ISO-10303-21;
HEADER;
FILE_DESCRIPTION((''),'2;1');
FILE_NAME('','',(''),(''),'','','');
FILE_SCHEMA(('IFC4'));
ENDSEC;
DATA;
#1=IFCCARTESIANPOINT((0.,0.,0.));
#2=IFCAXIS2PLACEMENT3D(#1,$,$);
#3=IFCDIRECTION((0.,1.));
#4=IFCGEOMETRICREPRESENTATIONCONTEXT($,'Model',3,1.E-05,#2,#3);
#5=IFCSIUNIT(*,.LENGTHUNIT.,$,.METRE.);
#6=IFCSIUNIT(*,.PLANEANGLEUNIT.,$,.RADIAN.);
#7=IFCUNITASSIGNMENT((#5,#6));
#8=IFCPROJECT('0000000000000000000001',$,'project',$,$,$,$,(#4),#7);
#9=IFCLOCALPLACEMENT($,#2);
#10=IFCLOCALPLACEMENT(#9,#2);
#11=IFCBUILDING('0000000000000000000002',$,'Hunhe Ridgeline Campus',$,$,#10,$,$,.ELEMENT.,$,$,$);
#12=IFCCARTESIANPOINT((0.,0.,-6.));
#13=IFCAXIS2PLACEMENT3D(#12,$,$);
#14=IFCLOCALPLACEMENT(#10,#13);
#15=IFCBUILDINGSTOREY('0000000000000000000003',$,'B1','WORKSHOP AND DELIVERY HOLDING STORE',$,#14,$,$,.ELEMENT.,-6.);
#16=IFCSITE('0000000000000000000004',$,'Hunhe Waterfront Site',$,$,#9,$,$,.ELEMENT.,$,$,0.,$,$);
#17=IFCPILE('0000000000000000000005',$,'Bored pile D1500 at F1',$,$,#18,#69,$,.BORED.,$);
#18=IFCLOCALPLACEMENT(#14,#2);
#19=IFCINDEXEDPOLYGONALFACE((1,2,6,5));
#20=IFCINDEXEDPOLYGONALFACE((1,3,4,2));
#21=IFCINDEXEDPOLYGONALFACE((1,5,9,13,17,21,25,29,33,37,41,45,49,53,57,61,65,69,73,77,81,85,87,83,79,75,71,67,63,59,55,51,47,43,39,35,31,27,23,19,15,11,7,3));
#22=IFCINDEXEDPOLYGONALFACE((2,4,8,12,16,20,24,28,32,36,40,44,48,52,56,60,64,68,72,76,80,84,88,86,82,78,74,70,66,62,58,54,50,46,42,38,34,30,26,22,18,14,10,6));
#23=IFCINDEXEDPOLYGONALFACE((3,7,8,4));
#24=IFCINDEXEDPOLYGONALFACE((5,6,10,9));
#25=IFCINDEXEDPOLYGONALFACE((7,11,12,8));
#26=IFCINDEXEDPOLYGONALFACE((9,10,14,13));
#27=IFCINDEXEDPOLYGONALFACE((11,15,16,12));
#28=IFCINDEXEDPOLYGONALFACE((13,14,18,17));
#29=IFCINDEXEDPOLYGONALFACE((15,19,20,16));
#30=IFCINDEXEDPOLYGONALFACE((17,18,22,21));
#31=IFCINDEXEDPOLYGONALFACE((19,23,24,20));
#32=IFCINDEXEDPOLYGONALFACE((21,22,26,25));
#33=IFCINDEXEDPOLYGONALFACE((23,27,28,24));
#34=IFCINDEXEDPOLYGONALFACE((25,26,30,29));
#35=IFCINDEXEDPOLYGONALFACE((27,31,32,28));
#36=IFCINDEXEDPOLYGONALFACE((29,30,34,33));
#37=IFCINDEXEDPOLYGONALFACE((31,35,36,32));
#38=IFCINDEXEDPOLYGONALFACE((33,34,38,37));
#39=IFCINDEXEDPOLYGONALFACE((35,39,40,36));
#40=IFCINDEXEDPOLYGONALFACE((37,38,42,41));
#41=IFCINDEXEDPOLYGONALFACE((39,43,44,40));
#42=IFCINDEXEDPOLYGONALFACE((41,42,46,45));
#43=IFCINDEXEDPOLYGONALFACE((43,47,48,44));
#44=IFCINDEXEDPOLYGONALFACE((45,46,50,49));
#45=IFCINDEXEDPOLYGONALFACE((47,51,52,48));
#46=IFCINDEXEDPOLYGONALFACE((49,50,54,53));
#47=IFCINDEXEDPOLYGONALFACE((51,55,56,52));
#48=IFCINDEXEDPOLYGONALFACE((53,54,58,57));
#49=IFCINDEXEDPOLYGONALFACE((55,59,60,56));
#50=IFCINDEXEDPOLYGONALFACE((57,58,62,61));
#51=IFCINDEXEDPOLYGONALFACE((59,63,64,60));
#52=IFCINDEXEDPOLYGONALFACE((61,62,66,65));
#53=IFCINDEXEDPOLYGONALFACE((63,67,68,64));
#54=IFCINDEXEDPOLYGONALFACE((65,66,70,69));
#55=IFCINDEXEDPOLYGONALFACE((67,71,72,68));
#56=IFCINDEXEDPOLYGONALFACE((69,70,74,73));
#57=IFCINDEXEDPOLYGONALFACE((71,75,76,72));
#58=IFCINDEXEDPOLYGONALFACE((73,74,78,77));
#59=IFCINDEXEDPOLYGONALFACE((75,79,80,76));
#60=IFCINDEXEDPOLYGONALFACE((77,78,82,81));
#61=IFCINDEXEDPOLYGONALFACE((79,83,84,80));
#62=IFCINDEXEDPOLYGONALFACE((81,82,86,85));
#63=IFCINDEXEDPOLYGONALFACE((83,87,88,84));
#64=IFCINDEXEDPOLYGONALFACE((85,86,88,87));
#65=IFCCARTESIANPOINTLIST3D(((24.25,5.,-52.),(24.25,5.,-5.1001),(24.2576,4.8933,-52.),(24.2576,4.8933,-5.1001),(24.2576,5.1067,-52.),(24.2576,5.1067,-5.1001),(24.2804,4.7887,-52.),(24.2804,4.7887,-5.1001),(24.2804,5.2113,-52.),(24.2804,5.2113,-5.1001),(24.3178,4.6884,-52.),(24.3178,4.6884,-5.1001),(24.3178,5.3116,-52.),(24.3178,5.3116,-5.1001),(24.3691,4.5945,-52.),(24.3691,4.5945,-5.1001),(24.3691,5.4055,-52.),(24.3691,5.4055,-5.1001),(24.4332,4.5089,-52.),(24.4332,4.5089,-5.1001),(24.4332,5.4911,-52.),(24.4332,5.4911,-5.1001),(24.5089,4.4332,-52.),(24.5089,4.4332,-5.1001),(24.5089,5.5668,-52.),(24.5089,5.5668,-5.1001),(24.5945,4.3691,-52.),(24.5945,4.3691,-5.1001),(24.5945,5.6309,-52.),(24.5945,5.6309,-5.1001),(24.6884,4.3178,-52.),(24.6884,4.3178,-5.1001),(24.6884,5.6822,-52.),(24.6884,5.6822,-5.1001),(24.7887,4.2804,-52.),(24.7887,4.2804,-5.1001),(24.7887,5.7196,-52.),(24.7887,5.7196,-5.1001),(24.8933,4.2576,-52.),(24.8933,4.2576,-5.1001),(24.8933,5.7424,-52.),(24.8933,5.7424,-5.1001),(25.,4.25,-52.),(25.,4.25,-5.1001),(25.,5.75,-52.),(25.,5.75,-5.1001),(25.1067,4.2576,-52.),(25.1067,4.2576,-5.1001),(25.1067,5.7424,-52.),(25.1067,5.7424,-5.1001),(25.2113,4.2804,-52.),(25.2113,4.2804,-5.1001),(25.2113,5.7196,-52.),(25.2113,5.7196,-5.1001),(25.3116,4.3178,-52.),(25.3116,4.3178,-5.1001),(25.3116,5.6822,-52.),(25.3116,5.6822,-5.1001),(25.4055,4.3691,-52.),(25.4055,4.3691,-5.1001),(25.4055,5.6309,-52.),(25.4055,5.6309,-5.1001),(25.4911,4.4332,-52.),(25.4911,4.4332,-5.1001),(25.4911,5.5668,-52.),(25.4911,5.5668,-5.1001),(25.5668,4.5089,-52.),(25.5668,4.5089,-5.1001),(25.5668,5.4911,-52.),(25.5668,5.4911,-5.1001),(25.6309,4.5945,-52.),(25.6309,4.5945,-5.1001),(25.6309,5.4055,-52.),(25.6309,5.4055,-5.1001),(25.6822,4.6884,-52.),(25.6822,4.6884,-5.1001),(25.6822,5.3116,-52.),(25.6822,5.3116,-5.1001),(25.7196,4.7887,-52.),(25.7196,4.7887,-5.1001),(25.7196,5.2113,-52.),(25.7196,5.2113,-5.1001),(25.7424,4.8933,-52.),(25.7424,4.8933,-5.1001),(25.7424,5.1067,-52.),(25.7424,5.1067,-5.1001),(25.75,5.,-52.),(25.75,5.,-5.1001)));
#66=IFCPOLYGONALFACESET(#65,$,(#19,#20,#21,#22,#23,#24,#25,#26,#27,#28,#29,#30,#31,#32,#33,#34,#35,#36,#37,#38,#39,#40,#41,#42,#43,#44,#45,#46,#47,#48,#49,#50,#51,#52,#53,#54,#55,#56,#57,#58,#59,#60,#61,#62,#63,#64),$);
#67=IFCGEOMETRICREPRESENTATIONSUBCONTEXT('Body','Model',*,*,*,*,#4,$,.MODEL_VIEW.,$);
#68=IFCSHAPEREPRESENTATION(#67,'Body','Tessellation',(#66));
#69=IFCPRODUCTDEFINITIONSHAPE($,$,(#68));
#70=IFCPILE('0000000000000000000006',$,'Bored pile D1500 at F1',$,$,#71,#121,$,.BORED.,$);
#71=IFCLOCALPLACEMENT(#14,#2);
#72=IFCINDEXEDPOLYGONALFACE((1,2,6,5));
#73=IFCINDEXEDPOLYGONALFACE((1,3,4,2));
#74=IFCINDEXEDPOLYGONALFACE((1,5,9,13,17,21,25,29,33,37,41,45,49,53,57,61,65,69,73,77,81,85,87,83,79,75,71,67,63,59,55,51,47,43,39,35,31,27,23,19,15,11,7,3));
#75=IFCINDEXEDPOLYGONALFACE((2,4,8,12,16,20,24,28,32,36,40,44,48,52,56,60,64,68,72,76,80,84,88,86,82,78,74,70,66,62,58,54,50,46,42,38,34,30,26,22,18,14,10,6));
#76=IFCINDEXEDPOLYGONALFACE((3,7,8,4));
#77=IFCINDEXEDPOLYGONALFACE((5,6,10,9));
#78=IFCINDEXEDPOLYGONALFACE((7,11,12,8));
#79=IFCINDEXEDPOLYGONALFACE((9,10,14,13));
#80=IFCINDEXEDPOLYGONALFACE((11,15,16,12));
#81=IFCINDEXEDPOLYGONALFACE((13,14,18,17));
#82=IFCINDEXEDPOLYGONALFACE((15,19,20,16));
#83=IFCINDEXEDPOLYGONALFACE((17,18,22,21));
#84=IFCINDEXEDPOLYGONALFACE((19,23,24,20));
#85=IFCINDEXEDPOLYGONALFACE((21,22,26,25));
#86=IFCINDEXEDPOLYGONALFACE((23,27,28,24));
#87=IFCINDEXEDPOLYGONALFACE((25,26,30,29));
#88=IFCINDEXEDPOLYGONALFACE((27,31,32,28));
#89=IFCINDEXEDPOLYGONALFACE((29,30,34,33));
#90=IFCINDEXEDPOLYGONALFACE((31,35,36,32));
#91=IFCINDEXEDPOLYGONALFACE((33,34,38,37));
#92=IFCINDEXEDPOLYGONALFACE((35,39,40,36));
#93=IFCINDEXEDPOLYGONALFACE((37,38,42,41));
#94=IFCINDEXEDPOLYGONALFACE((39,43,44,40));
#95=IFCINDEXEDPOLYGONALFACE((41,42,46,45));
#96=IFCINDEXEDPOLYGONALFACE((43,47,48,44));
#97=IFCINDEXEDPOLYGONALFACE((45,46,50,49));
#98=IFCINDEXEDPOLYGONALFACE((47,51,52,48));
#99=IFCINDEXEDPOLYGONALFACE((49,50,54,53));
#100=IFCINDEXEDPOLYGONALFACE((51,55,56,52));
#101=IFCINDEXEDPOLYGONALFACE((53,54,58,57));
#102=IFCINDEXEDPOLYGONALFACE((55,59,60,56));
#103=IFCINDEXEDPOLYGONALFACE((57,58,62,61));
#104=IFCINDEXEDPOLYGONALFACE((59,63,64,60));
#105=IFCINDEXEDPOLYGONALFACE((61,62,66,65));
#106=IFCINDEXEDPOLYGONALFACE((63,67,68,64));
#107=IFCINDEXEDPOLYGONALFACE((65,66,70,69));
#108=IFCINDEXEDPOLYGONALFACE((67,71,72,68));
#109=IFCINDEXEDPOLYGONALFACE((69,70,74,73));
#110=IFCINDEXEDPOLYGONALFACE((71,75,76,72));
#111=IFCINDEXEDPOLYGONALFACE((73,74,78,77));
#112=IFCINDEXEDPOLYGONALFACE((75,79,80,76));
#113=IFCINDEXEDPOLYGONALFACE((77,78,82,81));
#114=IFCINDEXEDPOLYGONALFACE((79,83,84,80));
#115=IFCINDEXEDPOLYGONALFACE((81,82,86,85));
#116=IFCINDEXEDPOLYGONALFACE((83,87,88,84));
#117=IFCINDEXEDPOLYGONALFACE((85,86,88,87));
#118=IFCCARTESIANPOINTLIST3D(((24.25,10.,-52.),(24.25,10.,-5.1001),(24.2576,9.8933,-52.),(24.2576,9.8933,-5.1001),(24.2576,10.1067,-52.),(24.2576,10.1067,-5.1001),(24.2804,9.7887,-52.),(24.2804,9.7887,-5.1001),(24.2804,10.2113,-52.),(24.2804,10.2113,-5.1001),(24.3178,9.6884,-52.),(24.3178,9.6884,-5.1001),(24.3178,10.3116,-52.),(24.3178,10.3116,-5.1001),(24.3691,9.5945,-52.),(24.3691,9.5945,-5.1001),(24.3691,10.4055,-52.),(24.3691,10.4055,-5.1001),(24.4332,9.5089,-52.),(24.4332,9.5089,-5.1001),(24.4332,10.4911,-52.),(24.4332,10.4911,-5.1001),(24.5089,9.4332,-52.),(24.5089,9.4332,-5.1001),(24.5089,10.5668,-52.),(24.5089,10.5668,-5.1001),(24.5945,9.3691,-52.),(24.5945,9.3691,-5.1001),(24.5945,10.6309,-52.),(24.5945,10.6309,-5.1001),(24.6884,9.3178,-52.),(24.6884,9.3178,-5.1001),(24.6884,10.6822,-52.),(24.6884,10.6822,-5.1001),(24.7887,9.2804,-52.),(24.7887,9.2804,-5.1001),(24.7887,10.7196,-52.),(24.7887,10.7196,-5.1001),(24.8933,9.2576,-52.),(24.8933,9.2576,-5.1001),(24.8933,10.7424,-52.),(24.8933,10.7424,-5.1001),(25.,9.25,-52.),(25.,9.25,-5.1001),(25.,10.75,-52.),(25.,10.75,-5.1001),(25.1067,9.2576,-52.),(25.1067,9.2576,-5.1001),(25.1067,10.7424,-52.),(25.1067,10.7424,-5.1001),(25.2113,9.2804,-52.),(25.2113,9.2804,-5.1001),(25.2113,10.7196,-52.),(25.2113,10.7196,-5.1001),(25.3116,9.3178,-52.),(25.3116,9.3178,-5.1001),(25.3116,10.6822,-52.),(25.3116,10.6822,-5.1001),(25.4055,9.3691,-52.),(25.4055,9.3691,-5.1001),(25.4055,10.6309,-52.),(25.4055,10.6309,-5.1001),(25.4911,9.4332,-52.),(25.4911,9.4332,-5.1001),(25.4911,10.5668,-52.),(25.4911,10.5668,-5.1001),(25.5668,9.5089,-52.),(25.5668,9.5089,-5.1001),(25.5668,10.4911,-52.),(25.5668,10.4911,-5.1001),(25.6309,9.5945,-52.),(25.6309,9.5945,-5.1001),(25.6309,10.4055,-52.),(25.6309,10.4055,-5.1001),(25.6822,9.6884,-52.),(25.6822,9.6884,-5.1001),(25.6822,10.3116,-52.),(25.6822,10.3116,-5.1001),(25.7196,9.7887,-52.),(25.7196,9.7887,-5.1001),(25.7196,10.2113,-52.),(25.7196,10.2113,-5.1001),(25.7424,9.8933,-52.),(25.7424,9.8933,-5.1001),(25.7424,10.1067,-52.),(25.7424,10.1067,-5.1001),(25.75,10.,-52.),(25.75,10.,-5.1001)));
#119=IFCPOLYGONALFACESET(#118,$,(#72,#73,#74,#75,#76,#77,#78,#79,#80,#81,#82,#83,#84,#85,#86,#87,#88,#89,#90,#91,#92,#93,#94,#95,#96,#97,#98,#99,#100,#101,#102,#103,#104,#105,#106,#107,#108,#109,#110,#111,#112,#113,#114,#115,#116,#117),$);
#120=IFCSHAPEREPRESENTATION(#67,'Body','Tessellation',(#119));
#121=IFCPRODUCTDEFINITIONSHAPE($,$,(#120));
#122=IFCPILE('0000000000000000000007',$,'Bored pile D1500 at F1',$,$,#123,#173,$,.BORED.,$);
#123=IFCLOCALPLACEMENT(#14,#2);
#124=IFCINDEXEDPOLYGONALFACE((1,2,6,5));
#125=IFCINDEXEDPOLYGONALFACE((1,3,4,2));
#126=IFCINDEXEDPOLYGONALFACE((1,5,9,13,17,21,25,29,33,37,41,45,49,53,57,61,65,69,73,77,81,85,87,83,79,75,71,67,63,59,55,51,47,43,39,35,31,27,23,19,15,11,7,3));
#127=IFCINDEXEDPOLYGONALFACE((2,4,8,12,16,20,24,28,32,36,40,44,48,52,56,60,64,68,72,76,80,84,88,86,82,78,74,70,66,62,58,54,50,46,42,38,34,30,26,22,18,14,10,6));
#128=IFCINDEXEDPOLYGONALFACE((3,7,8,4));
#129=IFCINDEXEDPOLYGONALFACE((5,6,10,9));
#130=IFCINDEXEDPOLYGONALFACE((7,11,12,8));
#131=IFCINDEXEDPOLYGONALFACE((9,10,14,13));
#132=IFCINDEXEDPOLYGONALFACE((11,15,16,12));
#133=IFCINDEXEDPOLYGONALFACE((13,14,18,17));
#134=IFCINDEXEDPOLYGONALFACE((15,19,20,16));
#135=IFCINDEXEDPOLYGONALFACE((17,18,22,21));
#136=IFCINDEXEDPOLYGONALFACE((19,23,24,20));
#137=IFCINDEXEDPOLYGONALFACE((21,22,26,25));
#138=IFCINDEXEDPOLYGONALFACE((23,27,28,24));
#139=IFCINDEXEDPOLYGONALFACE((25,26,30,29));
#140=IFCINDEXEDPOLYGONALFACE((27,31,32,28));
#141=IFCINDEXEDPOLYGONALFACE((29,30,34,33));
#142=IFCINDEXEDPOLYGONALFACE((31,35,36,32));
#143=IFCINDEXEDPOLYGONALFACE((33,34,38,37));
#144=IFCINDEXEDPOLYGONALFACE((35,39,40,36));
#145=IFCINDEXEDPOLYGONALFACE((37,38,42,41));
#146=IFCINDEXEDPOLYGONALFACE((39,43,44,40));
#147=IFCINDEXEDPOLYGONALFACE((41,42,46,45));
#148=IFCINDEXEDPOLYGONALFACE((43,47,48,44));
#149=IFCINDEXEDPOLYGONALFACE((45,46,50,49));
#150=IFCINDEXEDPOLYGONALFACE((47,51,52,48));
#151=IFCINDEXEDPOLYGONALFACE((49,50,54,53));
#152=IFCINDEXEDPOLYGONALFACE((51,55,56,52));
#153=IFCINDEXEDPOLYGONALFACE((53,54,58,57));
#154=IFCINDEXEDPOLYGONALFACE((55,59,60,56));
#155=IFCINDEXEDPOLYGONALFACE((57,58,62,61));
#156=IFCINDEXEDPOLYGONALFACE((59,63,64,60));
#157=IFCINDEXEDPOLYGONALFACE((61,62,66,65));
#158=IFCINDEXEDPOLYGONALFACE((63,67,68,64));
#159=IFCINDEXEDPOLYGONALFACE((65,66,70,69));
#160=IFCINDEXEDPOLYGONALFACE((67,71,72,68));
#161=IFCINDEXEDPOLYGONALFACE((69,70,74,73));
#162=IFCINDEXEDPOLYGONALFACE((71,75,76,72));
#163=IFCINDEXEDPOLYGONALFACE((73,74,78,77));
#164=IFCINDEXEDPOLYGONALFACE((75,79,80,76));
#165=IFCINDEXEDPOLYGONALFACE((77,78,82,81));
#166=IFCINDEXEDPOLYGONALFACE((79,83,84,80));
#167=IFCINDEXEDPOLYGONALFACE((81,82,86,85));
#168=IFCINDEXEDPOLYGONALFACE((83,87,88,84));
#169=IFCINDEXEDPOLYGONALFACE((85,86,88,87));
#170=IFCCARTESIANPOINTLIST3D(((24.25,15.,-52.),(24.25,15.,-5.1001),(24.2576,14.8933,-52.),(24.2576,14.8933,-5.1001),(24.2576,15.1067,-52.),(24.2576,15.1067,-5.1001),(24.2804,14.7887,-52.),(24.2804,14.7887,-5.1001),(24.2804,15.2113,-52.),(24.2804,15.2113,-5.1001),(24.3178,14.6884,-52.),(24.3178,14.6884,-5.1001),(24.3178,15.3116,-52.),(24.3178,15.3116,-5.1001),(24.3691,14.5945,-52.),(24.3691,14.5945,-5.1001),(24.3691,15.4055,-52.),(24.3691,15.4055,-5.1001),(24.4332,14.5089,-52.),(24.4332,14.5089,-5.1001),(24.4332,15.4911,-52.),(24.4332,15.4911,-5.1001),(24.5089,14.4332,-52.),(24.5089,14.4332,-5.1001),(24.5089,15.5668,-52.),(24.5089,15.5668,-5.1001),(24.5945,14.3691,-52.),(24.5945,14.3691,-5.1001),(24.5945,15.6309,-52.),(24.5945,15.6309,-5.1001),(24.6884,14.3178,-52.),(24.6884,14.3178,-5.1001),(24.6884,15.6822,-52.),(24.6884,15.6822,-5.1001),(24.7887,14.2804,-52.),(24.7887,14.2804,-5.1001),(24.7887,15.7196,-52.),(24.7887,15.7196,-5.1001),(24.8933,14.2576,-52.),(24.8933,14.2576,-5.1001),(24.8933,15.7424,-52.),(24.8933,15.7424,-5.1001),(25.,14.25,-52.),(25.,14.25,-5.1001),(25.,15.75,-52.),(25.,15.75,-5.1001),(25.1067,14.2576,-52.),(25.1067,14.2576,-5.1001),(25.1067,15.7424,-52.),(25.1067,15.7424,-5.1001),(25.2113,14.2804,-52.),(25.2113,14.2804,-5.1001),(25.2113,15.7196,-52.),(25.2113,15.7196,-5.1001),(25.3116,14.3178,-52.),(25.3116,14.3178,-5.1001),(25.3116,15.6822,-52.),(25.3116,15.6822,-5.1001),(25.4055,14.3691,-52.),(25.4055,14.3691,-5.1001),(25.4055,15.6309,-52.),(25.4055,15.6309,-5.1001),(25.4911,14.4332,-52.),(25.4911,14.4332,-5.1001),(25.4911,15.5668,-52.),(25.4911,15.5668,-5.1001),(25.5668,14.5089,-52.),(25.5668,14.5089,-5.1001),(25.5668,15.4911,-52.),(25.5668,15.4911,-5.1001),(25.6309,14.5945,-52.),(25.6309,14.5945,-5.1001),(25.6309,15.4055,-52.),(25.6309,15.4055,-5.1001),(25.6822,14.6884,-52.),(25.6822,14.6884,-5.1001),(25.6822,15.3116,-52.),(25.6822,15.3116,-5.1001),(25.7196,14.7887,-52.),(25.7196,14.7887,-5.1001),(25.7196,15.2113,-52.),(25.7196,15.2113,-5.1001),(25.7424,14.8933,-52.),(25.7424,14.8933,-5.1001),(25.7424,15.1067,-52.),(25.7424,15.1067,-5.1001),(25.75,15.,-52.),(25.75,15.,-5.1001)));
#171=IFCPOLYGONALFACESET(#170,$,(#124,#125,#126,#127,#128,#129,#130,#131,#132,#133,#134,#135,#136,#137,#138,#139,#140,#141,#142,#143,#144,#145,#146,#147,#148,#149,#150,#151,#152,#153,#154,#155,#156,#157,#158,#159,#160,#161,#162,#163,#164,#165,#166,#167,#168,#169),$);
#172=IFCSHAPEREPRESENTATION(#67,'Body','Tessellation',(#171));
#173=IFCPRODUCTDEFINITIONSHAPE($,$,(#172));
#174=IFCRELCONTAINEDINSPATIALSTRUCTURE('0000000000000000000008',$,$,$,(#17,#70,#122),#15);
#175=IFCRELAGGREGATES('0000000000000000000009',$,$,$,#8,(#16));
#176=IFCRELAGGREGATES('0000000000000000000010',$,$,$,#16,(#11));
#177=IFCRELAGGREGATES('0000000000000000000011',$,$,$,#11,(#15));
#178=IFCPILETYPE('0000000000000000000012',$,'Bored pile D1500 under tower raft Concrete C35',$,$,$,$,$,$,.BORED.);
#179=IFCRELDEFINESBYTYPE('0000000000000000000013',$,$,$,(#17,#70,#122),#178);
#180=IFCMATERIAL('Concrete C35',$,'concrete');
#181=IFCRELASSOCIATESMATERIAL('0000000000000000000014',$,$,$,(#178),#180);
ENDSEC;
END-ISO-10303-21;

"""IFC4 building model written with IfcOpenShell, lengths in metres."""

from ifc_helpers import new_model, si_unit, direction, frame, origin, origin_2d, place, context, subcontext, project, spatial, circle, extrude, material, material_profile, profile_set, type_object, element, save


model = new_model("IFC4")

# Units and contexts
model_context = context("Model", 3, precision=1e-05, world=origin(), true_north=direction((0.0, 1.0)))
body_context = subcontext(model_context, "Body", "Model", "MODEL_VIEW")
ifc_project = project(units=[si_unit("LENGTHUNIT", "METRE"), si_unit("PLANEANGLEUNIT", "RADIAN")], contexts=[model_context])

# Site, building, storey
site_placement = place(None, origin())
site = spatial("IfcSite", under=ifc_project, at=site_placement, Name="Hunhe Waterfront Site", CompositionType="ELEMENT", RefElevation=0.0)
building_placement = place(site_placement, origin())
building = spatial("IfcBuilding", under=site, at=building_placement, Name="Hunhe Ridgeline Campus", CompositionType="ELEMENT")
storey_placement = place(building_placement, frame((0.0, 0.0, -6.0)))
storey = spatial("IfcBuildingStorey", under=building, at=storey_placement, Name="B1", Description="WORKSHOP AND DELIVERY HOLDING STORE", CompositionType="ELEMENT", Elevation=-6.0)

# Piles
ifc_material_1 = material(Name="Concrete C35", Category="concrete")
ifc_material_profile_1 = material_profile(ifc_material_1, circle(Radius=0.75, at=origin_2d()))
ifc_profile_set_1 = profile_set([ifc_material_profile_1], Name="Concrete C35")
pile_type = type_object("IfcPileType", Name="Bored pile D1500 under tower raft Concrete C35", PredefinedType="BORED", material=ifc_profile_set_1)
for number, where, z_axis, x_axis, name in (
    (1, (25.0, 5.0, -5.1001), (0.0, 0.0, -1.0), (1.0, 0.0, 0.0), "Bored pile D1500 at F1"),
    (2, (25.0, 10.0, -5.1001), (0.0, 0.0, -1.0), (1.0, 0.0, 0.0), "Bored pile D1500 at F1"),
    (3, (25.0, 15.0, -5.1001), (0.0, 0.0, -1.0), (1.0, 0.0, 0.0), "Bored pile D1500 at F1"),
):
    element("IfcPile", number, at=place(storey_placement, frame(where, z_axis=z_axis, x_axis=x_axis)), inside=storey, type_object=pile_type, Name=name, PredefinedType="BORED", context=body_context, shape_type="SweptSolid", body=[
        extrude(circle(Radius=0.75, at=origin_2d()), origin(), (0.0, 0.0, 1.0), 46.8999),
    ])

save(model, "model.ifc")
